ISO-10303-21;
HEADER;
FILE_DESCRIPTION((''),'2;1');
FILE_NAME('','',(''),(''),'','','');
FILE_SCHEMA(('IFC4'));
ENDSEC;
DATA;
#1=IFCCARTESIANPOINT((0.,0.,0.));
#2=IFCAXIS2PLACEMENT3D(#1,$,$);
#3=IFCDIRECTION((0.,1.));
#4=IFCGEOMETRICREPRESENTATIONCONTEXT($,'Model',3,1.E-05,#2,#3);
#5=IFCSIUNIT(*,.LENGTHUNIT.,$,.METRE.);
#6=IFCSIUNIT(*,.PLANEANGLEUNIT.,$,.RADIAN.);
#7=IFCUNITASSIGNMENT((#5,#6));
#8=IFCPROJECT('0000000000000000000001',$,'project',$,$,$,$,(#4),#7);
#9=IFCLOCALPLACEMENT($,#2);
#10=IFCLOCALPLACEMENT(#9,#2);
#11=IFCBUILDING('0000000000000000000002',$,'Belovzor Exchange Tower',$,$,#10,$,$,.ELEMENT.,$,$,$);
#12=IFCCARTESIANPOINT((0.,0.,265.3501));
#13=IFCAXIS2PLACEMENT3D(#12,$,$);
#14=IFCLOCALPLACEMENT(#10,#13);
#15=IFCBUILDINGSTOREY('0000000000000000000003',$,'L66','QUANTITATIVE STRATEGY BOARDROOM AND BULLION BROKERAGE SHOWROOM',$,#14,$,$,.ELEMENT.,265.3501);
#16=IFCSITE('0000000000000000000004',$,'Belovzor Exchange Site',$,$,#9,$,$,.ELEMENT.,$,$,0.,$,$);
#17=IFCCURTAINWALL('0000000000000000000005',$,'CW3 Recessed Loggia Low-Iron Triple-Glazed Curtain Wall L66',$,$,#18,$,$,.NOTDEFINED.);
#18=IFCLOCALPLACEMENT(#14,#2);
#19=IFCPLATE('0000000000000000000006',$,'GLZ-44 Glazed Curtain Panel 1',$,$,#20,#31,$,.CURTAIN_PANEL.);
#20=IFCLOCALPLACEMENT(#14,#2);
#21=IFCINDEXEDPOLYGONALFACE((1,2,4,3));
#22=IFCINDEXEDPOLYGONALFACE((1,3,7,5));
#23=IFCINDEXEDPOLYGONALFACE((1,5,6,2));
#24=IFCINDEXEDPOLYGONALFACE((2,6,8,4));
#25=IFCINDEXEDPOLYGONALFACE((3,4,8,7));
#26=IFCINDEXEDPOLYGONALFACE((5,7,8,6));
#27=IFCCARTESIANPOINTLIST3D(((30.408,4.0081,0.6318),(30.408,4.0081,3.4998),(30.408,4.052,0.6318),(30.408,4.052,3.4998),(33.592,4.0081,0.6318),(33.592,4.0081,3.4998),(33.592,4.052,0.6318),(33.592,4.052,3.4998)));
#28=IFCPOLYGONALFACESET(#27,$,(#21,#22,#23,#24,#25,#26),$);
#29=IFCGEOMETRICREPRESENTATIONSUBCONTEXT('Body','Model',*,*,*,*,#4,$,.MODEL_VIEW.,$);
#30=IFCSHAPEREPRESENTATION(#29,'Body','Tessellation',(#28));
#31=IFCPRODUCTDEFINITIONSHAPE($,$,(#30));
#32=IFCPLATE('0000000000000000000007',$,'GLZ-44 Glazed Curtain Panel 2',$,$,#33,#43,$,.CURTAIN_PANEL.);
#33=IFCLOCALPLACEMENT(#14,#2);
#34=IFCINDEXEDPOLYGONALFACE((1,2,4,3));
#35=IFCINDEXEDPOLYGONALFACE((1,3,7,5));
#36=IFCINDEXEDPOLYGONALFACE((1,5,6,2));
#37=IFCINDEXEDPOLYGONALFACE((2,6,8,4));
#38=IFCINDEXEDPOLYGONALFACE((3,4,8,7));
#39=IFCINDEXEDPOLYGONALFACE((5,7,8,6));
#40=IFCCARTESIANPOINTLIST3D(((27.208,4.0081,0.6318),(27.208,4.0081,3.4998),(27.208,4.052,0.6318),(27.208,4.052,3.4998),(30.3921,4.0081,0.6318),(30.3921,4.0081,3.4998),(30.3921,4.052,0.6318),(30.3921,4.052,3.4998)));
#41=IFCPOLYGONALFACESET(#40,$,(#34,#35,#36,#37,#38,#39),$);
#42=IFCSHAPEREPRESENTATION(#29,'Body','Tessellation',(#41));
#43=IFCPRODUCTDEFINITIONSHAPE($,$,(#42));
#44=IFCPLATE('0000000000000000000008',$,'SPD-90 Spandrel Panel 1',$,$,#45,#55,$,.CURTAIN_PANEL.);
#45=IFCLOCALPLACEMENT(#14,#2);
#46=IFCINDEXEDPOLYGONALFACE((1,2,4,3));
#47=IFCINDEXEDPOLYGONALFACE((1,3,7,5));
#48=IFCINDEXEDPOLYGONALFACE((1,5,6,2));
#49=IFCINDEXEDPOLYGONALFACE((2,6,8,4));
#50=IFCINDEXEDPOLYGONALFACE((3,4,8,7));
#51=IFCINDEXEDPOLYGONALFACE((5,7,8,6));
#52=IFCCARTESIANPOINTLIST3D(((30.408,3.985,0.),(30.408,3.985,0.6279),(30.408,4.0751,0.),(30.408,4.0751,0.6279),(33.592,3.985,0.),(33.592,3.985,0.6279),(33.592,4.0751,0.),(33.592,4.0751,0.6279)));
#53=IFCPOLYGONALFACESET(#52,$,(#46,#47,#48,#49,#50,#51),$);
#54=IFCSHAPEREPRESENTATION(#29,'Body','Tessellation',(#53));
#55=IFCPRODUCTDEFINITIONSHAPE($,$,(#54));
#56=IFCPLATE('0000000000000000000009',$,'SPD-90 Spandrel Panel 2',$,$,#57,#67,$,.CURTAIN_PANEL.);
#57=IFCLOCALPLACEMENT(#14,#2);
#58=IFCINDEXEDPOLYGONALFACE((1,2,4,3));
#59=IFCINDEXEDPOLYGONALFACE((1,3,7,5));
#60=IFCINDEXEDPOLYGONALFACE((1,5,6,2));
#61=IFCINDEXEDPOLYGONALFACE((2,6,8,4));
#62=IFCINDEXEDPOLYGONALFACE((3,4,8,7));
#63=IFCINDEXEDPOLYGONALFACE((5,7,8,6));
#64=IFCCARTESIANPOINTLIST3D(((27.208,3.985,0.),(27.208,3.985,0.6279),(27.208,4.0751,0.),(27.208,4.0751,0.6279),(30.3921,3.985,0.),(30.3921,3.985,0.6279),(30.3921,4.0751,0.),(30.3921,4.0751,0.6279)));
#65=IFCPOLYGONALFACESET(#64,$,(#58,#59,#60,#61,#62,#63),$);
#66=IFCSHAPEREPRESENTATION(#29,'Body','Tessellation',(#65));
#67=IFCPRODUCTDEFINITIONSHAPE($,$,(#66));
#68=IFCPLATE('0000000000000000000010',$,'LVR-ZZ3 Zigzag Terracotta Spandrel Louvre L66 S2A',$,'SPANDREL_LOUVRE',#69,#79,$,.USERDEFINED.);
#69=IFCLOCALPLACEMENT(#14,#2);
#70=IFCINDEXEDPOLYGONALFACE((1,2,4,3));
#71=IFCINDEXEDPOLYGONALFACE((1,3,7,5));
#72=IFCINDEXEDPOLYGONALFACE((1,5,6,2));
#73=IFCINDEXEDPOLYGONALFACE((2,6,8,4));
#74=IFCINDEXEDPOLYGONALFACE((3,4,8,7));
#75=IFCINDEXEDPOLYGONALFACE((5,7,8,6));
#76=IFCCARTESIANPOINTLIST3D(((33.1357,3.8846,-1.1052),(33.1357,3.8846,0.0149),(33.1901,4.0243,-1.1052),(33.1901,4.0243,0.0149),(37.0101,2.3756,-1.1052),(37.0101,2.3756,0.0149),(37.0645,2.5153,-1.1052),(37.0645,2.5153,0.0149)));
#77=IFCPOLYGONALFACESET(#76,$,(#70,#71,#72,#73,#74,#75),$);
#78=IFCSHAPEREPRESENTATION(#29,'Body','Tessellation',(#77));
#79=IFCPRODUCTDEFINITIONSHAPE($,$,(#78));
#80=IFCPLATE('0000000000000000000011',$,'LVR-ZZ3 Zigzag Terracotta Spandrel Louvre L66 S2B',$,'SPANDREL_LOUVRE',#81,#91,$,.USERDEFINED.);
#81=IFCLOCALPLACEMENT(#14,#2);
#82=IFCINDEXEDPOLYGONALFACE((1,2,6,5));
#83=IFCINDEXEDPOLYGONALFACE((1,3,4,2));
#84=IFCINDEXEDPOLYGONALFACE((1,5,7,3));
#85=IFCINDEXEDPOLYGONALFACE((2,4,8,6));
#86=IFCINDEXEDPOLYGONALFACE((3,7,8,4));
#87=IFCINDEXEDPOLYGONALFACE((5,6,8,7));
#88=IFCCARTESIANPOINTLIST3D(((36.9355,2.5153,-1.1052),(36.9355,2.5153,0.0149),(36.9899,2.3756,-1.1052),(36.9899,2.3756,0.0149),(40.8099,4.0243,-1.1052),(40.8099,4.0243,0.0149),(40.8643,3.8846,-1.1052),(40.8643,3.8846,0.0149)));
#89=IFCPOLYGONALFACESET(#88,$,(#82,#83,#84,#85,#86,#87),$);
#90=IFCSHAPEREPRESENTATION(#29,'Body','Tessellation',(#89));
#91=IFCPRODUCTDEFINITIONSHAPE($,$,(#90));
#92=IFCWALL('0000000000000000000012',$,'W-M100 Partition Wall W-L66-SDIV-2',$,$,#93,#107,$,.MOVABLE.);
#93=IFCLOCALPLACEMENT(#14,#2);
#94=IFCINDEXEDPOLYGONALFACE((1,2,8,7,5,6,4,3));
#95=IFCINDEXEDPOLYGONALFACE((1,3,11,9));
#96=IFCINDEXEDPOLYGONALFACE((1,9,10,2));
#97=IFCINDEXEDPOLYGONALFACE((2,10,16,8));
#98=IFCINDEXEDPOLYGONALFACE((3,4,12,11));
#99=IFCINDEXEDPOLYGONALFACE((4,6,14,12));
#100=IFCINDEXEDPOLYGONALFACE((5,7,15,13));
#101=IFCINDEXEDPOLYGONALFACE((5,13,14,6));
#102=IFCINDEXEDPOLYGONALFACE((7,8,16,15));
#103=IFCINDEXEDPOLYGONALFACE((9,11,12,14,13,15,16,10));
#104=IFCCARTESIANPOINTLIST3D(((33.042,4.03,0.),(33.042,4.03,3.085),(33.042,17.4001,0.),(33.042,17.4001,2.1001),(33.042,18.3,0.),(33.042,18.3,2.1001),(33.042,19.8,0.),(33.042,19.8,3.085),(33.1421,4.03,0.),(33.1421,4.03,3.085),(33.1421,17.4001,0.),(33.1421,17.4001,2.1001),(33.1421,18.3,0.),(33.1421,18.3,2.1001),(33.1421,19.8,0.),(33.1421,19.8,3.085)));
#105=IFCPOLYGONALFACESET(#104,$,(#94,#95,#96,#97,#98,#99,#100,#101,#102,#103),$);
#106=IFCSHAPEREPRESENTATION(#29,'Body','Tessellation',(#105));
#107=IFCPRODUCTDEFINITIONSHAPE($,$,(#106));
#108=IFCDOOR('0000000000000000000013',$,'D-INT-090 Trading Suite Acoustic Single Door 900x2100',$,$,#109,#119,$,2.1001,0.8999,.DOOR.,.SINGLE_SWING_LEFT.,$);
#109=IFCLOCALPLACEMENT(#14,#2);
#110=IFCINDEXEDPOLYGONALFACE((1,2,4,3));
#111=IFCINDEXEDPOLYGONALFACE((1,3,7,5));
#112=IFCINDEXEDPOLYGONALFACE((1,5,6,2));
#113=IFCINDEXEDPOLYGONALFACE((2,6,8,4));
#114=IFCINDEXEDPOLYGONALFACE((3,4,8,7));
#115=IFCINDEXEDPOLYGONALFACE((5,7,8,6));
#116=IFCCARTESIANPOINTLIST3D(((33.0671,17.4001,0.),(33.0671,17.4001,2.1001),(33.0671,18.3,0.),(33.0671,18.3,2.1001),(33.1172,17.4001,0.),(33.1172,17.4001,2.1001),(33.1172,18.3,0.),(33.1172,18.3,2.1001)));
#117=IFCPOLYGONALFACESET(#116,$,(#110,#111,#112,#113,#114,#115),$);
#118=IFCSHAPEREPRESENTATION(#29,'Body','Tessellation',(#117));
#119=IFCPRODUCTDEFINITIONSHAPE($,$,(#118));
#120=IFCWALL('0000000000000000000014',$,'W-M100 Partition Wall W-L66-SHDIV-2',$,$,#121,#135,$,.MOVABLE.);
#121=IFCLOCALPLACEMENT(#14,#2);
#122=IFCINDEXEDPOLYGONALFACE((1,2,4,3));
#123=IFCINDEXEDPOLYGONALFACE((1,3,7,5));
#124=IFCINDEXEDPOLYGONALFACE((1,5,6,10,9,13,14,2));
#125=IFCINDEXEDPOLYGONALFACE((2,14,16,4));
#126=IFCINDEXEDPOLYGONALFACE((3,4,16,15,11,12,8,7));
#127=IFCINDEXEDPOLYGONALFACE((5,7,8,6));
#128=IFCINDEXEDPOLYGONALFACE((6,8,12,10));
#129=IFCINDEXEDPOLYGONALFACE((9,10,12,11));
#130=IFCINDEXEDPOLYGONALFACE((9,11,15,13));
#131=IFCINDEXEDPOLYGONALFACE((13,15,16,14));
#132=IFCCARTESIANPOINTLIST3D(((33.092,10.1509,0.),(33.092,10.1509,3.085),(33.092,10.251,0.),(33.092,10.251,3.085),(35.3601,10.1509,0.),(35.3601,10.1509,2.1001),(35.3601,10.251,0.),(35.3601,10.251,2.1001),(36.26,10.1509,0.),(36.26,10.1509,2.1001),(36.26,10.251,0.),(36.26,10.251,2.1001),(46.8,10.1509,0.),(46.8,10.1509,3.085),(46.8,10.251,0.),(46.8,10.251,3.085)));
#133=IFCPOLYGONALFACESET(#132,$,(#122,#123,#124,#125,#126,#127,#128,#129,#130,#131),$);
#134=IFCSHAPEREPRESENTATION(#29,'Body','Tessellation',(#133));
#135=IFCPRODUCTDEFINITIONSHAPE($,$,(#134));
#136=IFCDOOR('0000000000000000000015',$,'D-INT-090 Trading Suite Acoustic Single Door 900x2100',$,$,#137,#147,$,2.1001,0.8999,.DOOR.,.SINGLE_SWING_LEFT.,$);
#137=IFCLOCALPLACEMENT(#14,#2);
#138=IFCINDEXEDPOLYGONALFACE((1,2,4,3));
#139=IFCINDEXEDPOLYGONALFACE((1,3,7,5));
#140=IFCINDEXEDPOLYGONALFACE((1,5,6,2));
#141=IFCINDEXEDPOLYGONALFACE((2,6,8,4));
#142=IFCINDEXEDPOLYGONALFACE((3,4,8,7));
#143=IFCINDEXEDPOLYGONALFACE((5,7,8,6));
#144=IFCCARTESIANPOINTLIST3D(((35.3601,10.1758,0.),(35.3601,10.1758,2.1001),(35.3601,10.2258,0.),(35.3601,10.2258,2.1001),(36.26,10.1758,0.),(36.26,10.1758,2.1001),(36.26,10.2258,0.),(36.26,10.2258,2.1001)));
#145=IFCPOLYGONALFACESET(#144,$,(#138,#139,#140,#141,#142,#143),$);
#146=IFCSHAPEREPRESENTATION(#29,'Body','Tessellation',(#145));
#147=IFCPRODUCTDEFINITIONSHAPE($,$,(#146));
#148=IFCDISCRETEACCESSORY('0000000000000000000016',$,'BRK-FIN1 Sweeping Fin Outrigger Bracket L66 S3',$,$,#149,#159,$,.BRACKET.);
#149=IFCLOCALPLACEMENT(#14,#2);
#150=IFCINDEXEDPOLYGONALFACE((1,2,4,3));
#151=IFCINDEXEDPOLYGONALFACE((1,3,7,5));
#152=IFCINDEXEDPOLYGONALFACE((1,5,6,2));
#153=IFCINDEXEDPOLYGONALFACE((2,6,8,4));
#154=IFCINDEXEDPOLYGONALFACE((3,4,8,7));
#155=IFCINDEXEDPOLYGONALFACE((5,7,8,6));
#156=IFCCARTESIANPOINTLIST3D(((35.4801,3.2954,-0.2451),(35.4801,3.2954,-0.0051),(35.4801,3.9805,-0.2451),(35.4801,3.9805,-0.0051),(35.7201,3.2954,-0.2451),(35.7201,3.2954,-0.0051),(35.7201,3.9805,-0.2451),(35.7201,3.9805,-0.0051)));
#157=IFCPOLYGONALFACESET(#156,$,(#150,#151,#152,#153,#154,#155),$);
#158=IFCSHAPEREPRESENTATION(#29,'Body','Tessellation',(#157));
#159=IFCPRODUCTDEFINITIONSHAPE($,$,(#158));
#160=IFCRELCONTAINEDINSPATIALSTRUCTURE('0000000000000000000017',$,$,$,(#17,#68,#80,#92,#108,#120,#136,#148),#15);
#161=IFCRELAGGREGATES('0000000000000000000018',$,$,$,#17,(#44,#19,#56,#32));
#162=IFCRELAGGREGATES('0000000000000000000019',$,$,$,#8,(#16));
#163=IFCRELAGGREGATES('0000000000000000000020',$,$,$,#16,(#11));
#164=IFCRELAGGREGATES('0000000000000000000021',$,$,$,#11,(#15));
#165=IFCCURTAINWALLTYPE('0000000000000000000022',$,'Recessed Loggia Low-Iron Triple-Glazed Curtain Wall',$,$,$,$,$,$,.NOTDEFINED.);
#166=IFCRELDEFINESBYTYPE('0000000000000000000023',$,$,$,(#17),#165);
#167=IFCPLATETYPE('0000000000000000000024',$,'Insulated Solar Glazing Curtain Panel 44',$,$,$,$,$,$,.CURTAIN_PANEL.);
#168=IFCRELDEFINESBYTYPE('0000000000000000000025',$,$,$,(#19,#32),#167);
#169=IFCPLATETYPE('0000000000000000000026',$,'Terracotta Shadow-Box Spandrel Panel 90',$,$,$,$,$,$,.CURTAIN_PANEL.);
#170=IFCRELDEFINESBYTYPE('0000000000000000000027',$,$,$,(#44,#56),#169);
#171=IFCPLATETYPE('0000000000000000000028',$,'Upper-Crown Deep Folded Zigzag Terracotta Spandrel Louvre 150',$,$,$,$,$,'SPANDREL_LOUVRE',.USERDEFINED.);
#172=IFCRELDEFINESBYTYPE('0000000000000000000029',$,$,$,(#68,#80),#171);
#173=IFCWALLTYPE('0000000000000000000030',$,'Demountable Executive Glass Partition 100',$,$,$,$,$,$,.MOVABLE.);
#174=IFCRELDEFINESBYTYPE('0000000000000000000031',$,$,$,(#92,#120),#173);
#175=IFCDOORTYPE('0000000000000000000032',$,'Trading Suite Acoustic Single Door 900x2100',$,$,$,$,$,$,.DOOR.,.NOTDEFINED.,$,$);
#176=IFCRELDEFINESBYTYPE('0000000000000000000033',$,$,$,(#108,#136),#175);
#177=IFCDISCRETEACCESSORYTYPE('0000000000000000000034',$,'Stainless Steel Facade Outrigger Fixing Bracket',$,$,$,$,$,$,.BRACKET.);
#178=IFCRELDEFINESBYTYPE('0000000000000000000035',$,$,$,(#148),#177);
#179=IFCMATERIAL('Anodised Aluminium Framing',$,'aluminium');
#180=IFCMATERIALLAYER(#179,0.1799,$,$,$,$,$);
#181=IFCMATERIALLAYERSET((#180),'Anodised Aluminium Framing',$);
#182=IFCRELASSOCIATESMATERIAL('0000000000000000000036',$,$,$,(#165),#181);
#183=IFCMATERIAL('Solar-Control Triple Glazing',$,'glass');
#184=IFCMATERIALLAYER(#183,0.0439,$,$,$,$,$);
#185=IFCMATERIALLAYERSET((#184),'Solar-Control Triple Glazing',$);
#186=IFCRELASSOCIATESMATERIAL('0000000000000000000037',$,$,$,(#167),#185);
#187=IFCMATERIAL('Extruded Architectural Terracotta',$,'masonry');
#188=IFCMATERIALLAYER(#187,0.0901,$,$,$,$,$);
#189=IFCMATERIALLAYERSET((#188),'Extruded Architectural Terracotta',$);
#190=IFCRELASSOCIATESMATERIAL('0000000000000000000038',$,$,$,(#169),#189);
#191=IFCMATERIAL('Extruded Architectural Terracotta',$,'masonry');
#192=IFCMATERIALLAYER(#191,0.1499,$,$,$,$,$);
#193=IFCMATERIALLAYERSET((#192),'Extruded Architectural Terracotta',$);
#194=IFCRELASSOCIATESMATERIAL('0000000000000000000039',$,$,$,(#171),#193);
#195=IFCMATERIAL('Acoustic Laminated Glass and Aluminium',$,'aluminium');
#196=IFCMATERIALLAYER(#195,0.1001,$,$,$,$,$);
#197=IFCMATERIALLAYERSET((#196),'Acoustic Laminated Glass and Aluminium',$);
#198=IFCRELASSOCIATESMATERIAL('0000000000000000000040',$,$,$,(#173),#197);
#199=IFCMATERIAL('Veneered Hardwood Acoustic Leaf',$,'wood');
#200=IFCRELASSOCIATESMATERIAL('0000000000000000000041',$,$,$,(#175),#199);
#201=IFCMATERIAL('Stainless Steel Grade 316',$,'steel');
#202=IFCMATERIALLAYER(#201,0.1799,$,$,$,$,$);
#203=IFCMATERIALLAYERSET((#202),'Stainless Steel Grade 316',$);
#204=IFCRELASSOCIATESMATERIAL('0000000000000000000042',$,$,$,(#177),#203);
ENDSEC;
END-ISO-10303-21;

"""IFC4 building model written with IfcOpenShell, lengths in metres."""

from ifc_helpers import new_model, si_unit, direction, frame, frame_2d, origin, origin_2d, place, context, subcontext, project, spatial, rectangle, extrude, material, layer, layer_set, type_object, element, fill, aggregate, save


model = new_model("IFC4")

# Units and contexts
model_context = context("Model", 3, precision=1e-05, world=origin(), true_north=direction((0.0, 1.0)))
body_context = subcontext(model_context, "Body", "Model", "MODEL_VIEW")
ifc_project = project(units=[si_unit("LENGTHUNIT", "METRE"), si_unit("PLANEANGLEUNIT", "RADIAN")], contexts=[model_context])

# Site, building, storey
site_placement = place(None, origin())
site = spatial("IfcSite", under=ifc_project, at=site_placement, Name="Belovzor Exchange Site", CompositionType="ELEMENT", RefElevation=0.0)
building_placement = place(site_placement, origin())
building = spatial("IfcBuilding", under=site, at=building_placement, Name="Belovzor Exchange Tower", CompositionType="ELEMENT")
storey_placement = place(building_placement, frame((0.0, 0.0, 265.3501)))
storey = spatial("IfcBuildingStorey", under=building, at=storey_placement, Name="L66", Description="QUANTITATIVE STRATEGY BOARDROOM AND BULLION BROKERAGE SHOWROOM", CompositionType="ELEMENT", Elevation=265.3501)

# Curtain wall
ifc_material_1 = material(Name="Anodised Aluminium Framing", Category="aluminium")
ifc_layer_1 = layer(ifc_material_1, 0.1799)
ifc_layer_set_1 = layer_set([ifc_layer_1], Name="Anodised Aluminium Framing")
curtain_wall_type = type_object("IfcCurtainWallType", Name="Recessed Loggia Low-Iron Triple-Glazed Curtain Wall", PredefinedType="NOTDEFINED", material=ifc_layer_set_1)
curtain_wall_placement = place(storey_placement, origin())
curtain_wall = element("IfcCurtainWall", 1, at=curtain_wall_placement, inside=storey, type_object=curtain_wall_type, Name="CW3 Recessed Loggia Low-Iron Triple-Glazed Curtain Wall L66", PredefinedType="NOTDEFINED")

# Plates
ifc_material_2 = material(Name="Solar-Control Triple Glazing", Category="glass")
ifc_layer_2 = layer(ifc_material_2, 0.0439)
ifc_layer_set_2 = layer_set([ifc_layer_2], Name="Solar-Control Triple Glazing")
plate_type_1 = type_object("IfcPlateType", Name="Insulated Solar Glazing Curtain Panel 44", PredefinedType="CURTAIN_PANEL", material=ifc_layer_set_2)
plate_1_placement = place(storey_placement, frame((32.0, 4.03, 0.6318), z_axis=(0.0, 0.0, 1.0), x_axis=(-1.0, 0.0, 0.0)))
plate_1 = element("IfcPlate", 2, at=plate_1_placement, type_object=plate_type_1, Name="GLZ-44 Glazed Curtain Panel 1", PredefinedType="CURTAIN_PANEL", context=body_context, shape_type="SweptSolid", body=[
    extrude(rectangle(XDim=3.1841, YDim=0.0439, at=origin_2d()), origin(), (0.0, 0.0, 1.0), 2.8679),
])
plate_2_placement = place(storey_placement, frame((28.8, 4.03, 0.6318), z_axis=(0.0, 0.0, 1.0), x_axis=(-1.0, 0.0, 0.0)))
plate_2 = element("IfcPlate", 3, at=plate_2_placement, type_object=plate_type_1, Name="GLZ-44 Glazed Curtain Panel 2", PredefinedType="CURTAIN_PANEL", context=body_context, shape_type="SweptSolid", body=[
    extrude(rectangle(XDim=3.1841, YDim=0.0439, at=origin_2d()), origin(), (0.0, 0.0, 1.0), 2.8679),
])
ifc_material_3 = material(Name="Extruded Architectural Terracotta", Category="masonry")
ifc_layer_3 = layer(ifc_material_3, 0.0901)
ifc_layer_set_3 = layer_set([ifc_layer_3], Name="Extruded Architectural Terracotta")
plate_type_2 = type_object("IfcPlateType", Name="Terracotta Shadow-Box Spandrel Panel 90", PredefinedType="CURTAIN_PANEL", material=ifc_layer_set_3)
plate_3_placement = place(storey_placement, frame((32.0, 4.03, 0.0), z_axis=(0.0, 0.0, 1.0), x_axis=(-1.0, 0.0, 0.0)))
plate_3 = element("IfcPlate", 4, at=plate_3_placement, type_object=plate_type_2, Name="SPD-90 Spandrel Panel 1", PredefinedType="CURTAIN_PANEL", context=body_context, shape_type="SweptSolid", body=[
    extrude(rectangle(XDim=3.1841, YDim=0.0901, at=origin_2d()), origin(), (0.0, 0.0, 1.0), 0.6279),
])
plate_4_placement = place(storey_placement, frame((28.8, 4.03, 0.0), z_axis=(0.0, 0.0, 1.0), x_axis=(-1.0, 0.0, 0.0)))
plate_4 = element("IfcPlate", 5, at=plate_4_placement, type_object=plate_type_2, Name="SPD-90 Spandrel Panel 2", PredefinedType="CURTAIN_PANEL", context=body_context, shape_type="SweptSolid", body=[
    extrude(rectangle(XDim=3.1841, YDim=0.0901, at=origin_2d()), origin(), (0.0, 0.0, 1.0), 0.6279),
])
aggregate(curtain_wall, [plate_3, plate_1, plate_4, plate_2])

# Plates
ifc_material_4 = material(Name="Extruded Architectural Terracotta", Category="masonry")
ifc_layer_4 = layer(ifc_material_4, 0.1499)
ifc_layer_set_4 = layer_set([ifc_layer_4], Name="Extruded Architectural Terracotta")
plate_type_3 = type_object("IfcPlateType", Name="Upper-Crown Deep Folded Zigzag Terracotta Spandrel Louvre 150", ElementType="SPANDREL_LOUVRE", PredefinedType="USERDEFINED", material=ifc_layer_set_4)
for number, where, z_axis, x_axis, name in (
    (6, (35.1001, 3.2, -1.1052), (0.0, 0.0, 1.0), (0.931818, -0.362926, 0.0), "LVR-ZZ3 Zigzag Terracotta Spandrel Louvre L66 S2A"),
    (7, (38.8999, 3.2, -1.1052), (0.0, 0.0, 1.0), (0.931818, 0.362926, 0.0), "LVR-ZZ3 Zigzag Terracotta Spandrel Louvre L66 S2B"),
):
    element("IfcPlate", number, at=place(storey_placement, frame(where, z_axis=z_axis, x_axis=x_axis)), inside=storey, type_object=plate_type_3, Name=name, ObjectType="SPANDREL_LOUVRE", PredefinedType="USERDEFINED", context=body_context, shape_type="SweptSolid", body=[
        extrude(rectangle(XDim=4.158, YDim=0.1499, at=origin_2d()), origin(), (0.0, 0.0, 1.0), 1.1201),
    ])

# Walls, openings, doors
ifc_material_5 = material(Name="Acoustic Laminated Glass and Aluminium", Category="aluminium")
ifc_layer_5 = layer(ifc_material_5, 0.1001)
ifc_layer_set_5 = layer_set([ifc_layer_5], Name="Acoustic Laminated Glass and Aluminium")
wall_type = type_object("IfcWallType", Name="Demountable Executive Glass Partition 100", PredefinedType="MOVABLE", material=ifc_layer_set_5)
wall_1_placement = place(storey_placement, frame((33.092, 4.03, 0.0), z_axis=(0.0, 0.0, 1.0), x_axis=(0.0, 1.0, 0.0)))
wall_1 = element("IfcWall", 8, at=wall_1_placement, inside=storey, type_object=wall_type, Name="W-M100 Partition Wall W-L66-SDIV-2", PredefinedType="MOVABLE", context=body_context, shape_type="SweptSolid", body=[
    extrude(rectangle(XDim=15.77, YDim=0.1001, at=frame_2d((7.885, 0.0))), origin(), (0.0, 0.0, 1.0), 3.085),
])
opening_1_placement = place(wall_1_placement, frame((13.3701, 0.0, 0.0)))
opening_1 = element("IfcOpeningElement", 9, at=opening_1_placement, cuts=wall_1, PredefinedType="OPENING", context=body_context, shape_type="SweptSolid", body=[
    extrude(rectangle(XDim=0.8999, YDim=2.1001, at=frame_2d((0.45, 1.05))), frame((0.0, 0.0601, 0.0), z_axis=(0.0, -1.0, 0.0), x_axis=(1.0, 0.0, 0.0)), (0.0, 0.0, 1.0), 0.1201),
])
ifc_material_6 = material(Name="Veneered Hardwood Acoustic Leaf", Category="wood")
door_type = type_object("IfcDoorType", Name="Trading Suite Acoustic Single Door 900x2100", OperationType="NOTDEFINED", PredefinedType="DOOR", material=ifc_material_6)
door_1_placement = place(opening_1_placement, origin())
door_1 = element("IfcDoor", 10, at=door_1_placement, inside=storey, type_object=door_type, Name="D-INT-090 Trading Suite Acoustic Single Door 900x2100", OperationType="SINGLE_SWING_LEFT", OverallHeight=2.1001, OverallWidth=0.8999, PredefinedType="DOOR", context=body_context, shape_type="SweptSolid", body=[
    extrude(rectangle(XDim=0.8999, YDim=2.1001, at=frame_2d((0.45, 1.05))), frame((0.0, 0.0249, 0.0), z_axis=(0.0, -1.0, 0.0), x_axis=(1.0, 0.0, 0.0)), (0.0, 0.0, 1.0), 0.05),
])
fill(opening_1, door_1)
wall_2_placement = place(storey_placement, frame((33.092, 10.2009, 0.0), z_axis=(0.0, 0.0, 1.0), x_axis=(1.0, 0.0, 0.0)))
wall_2 = element("IfcWall", 11, at=wall_2_placement, inside=storey, type_object=wall_type, Name="W-M100 Partition Wall W-L66-SHDIV-2", PredefinedType="MOVABLE", context=body_context, shape_type="SweptSolid", body=[
    extrude(rectangle(XDim=13.708, YDim=0.1001, at=frame_2d((6.854, 0.0))), origin(), (0.0, 0.0, 1.0), 3.085),
])
opening_2_placement = place(wall_2_placement, frame((2.2681, 0.0, 0.0)))
opening_2 = element("IfcOpeningElement", 12, at=opening_2_placement, cuts=wall_2, PredefinedType="OPENING", context=body_context, shape_type="SweptSolid", body=[
    extrude(rectangle(XDim=0.8999, YDim=2.1001, at=frame_2d((0.45, 1.05))), frame((0.0, 0.0601, 0.0), z_axis=(0.0, -1.0, 0.0), x_axis=(1.0, 0.0, 0.0)), (0.0, 0.0, 1.0), 0.1201),
])
door_2_placement = place(opening_2_placement, origin())
door_2 = element("IfcDoor", 13, at=door_2_placement, inside=storey, type_object=door_type, Name="D-INT-090 Trading Suite Acoustic Single Door 900x2100", OperationType="SINGLE_SWING_LEFT", OverallHeight=2.1001, OverallWidth=0.8999, PredefinedType="DOOR", context=body_context, shape_type="SweptSolid", body=[
    extrude(rectangle(XDim=0.8999, YDim=2.1001, at=frame_2d((0.45, 1.05))), frame((0.0, 0.0249, 0.0), z_axis=(0.0, -1.0, 0.0), x_axis=(1.0, 0.0, 0.0)), (0.0, 0.0, 1.0), 0.05),
])
fill(opening_2, door_2)

# Discrete accessory
ifc_material_7 = material(Name="Stainless Steel Grade 316", Category="steel")
ifc_layer_6 = layer(ifc_material_7, 0.1799)
ifc_layer_set_6 = layer_set([ifc_layer_6], Name="Stainless Steel Grade 316")
discrete_accessory_type = type_object("IfcDiscreteAccessoryType", Name="Stainless Steel Facade Outrigger Fixing Bracket", PredefinedType="BRACKET", material=ifc_layer_set_6)
discrete_accessory_placement = place(storey_placement, frame((35.6001, 3.6379, -0.2451), z_axis=(0.0, 0.0, 1.0), x_axis=(0.0, 1.0, 0.0)))
element("IfcDiscreteAccessory", 14, at=discrete_accessory_placement, inside=storey, type_object=discrete_accessory_type, Name="BRK-FIN1 Sweeping Fin Outrigger Bracket L66 S3", PredefinedType="BRACKET", context=body_context, shape_type="SweptSolid", body=[
    extrude(rectangle(XDim=0.6851, YDim=0.24, at=origin_2d()), origin(), (0.0, 0.0, 1.0), 0.24),
])

save(model, "model.ifc")
